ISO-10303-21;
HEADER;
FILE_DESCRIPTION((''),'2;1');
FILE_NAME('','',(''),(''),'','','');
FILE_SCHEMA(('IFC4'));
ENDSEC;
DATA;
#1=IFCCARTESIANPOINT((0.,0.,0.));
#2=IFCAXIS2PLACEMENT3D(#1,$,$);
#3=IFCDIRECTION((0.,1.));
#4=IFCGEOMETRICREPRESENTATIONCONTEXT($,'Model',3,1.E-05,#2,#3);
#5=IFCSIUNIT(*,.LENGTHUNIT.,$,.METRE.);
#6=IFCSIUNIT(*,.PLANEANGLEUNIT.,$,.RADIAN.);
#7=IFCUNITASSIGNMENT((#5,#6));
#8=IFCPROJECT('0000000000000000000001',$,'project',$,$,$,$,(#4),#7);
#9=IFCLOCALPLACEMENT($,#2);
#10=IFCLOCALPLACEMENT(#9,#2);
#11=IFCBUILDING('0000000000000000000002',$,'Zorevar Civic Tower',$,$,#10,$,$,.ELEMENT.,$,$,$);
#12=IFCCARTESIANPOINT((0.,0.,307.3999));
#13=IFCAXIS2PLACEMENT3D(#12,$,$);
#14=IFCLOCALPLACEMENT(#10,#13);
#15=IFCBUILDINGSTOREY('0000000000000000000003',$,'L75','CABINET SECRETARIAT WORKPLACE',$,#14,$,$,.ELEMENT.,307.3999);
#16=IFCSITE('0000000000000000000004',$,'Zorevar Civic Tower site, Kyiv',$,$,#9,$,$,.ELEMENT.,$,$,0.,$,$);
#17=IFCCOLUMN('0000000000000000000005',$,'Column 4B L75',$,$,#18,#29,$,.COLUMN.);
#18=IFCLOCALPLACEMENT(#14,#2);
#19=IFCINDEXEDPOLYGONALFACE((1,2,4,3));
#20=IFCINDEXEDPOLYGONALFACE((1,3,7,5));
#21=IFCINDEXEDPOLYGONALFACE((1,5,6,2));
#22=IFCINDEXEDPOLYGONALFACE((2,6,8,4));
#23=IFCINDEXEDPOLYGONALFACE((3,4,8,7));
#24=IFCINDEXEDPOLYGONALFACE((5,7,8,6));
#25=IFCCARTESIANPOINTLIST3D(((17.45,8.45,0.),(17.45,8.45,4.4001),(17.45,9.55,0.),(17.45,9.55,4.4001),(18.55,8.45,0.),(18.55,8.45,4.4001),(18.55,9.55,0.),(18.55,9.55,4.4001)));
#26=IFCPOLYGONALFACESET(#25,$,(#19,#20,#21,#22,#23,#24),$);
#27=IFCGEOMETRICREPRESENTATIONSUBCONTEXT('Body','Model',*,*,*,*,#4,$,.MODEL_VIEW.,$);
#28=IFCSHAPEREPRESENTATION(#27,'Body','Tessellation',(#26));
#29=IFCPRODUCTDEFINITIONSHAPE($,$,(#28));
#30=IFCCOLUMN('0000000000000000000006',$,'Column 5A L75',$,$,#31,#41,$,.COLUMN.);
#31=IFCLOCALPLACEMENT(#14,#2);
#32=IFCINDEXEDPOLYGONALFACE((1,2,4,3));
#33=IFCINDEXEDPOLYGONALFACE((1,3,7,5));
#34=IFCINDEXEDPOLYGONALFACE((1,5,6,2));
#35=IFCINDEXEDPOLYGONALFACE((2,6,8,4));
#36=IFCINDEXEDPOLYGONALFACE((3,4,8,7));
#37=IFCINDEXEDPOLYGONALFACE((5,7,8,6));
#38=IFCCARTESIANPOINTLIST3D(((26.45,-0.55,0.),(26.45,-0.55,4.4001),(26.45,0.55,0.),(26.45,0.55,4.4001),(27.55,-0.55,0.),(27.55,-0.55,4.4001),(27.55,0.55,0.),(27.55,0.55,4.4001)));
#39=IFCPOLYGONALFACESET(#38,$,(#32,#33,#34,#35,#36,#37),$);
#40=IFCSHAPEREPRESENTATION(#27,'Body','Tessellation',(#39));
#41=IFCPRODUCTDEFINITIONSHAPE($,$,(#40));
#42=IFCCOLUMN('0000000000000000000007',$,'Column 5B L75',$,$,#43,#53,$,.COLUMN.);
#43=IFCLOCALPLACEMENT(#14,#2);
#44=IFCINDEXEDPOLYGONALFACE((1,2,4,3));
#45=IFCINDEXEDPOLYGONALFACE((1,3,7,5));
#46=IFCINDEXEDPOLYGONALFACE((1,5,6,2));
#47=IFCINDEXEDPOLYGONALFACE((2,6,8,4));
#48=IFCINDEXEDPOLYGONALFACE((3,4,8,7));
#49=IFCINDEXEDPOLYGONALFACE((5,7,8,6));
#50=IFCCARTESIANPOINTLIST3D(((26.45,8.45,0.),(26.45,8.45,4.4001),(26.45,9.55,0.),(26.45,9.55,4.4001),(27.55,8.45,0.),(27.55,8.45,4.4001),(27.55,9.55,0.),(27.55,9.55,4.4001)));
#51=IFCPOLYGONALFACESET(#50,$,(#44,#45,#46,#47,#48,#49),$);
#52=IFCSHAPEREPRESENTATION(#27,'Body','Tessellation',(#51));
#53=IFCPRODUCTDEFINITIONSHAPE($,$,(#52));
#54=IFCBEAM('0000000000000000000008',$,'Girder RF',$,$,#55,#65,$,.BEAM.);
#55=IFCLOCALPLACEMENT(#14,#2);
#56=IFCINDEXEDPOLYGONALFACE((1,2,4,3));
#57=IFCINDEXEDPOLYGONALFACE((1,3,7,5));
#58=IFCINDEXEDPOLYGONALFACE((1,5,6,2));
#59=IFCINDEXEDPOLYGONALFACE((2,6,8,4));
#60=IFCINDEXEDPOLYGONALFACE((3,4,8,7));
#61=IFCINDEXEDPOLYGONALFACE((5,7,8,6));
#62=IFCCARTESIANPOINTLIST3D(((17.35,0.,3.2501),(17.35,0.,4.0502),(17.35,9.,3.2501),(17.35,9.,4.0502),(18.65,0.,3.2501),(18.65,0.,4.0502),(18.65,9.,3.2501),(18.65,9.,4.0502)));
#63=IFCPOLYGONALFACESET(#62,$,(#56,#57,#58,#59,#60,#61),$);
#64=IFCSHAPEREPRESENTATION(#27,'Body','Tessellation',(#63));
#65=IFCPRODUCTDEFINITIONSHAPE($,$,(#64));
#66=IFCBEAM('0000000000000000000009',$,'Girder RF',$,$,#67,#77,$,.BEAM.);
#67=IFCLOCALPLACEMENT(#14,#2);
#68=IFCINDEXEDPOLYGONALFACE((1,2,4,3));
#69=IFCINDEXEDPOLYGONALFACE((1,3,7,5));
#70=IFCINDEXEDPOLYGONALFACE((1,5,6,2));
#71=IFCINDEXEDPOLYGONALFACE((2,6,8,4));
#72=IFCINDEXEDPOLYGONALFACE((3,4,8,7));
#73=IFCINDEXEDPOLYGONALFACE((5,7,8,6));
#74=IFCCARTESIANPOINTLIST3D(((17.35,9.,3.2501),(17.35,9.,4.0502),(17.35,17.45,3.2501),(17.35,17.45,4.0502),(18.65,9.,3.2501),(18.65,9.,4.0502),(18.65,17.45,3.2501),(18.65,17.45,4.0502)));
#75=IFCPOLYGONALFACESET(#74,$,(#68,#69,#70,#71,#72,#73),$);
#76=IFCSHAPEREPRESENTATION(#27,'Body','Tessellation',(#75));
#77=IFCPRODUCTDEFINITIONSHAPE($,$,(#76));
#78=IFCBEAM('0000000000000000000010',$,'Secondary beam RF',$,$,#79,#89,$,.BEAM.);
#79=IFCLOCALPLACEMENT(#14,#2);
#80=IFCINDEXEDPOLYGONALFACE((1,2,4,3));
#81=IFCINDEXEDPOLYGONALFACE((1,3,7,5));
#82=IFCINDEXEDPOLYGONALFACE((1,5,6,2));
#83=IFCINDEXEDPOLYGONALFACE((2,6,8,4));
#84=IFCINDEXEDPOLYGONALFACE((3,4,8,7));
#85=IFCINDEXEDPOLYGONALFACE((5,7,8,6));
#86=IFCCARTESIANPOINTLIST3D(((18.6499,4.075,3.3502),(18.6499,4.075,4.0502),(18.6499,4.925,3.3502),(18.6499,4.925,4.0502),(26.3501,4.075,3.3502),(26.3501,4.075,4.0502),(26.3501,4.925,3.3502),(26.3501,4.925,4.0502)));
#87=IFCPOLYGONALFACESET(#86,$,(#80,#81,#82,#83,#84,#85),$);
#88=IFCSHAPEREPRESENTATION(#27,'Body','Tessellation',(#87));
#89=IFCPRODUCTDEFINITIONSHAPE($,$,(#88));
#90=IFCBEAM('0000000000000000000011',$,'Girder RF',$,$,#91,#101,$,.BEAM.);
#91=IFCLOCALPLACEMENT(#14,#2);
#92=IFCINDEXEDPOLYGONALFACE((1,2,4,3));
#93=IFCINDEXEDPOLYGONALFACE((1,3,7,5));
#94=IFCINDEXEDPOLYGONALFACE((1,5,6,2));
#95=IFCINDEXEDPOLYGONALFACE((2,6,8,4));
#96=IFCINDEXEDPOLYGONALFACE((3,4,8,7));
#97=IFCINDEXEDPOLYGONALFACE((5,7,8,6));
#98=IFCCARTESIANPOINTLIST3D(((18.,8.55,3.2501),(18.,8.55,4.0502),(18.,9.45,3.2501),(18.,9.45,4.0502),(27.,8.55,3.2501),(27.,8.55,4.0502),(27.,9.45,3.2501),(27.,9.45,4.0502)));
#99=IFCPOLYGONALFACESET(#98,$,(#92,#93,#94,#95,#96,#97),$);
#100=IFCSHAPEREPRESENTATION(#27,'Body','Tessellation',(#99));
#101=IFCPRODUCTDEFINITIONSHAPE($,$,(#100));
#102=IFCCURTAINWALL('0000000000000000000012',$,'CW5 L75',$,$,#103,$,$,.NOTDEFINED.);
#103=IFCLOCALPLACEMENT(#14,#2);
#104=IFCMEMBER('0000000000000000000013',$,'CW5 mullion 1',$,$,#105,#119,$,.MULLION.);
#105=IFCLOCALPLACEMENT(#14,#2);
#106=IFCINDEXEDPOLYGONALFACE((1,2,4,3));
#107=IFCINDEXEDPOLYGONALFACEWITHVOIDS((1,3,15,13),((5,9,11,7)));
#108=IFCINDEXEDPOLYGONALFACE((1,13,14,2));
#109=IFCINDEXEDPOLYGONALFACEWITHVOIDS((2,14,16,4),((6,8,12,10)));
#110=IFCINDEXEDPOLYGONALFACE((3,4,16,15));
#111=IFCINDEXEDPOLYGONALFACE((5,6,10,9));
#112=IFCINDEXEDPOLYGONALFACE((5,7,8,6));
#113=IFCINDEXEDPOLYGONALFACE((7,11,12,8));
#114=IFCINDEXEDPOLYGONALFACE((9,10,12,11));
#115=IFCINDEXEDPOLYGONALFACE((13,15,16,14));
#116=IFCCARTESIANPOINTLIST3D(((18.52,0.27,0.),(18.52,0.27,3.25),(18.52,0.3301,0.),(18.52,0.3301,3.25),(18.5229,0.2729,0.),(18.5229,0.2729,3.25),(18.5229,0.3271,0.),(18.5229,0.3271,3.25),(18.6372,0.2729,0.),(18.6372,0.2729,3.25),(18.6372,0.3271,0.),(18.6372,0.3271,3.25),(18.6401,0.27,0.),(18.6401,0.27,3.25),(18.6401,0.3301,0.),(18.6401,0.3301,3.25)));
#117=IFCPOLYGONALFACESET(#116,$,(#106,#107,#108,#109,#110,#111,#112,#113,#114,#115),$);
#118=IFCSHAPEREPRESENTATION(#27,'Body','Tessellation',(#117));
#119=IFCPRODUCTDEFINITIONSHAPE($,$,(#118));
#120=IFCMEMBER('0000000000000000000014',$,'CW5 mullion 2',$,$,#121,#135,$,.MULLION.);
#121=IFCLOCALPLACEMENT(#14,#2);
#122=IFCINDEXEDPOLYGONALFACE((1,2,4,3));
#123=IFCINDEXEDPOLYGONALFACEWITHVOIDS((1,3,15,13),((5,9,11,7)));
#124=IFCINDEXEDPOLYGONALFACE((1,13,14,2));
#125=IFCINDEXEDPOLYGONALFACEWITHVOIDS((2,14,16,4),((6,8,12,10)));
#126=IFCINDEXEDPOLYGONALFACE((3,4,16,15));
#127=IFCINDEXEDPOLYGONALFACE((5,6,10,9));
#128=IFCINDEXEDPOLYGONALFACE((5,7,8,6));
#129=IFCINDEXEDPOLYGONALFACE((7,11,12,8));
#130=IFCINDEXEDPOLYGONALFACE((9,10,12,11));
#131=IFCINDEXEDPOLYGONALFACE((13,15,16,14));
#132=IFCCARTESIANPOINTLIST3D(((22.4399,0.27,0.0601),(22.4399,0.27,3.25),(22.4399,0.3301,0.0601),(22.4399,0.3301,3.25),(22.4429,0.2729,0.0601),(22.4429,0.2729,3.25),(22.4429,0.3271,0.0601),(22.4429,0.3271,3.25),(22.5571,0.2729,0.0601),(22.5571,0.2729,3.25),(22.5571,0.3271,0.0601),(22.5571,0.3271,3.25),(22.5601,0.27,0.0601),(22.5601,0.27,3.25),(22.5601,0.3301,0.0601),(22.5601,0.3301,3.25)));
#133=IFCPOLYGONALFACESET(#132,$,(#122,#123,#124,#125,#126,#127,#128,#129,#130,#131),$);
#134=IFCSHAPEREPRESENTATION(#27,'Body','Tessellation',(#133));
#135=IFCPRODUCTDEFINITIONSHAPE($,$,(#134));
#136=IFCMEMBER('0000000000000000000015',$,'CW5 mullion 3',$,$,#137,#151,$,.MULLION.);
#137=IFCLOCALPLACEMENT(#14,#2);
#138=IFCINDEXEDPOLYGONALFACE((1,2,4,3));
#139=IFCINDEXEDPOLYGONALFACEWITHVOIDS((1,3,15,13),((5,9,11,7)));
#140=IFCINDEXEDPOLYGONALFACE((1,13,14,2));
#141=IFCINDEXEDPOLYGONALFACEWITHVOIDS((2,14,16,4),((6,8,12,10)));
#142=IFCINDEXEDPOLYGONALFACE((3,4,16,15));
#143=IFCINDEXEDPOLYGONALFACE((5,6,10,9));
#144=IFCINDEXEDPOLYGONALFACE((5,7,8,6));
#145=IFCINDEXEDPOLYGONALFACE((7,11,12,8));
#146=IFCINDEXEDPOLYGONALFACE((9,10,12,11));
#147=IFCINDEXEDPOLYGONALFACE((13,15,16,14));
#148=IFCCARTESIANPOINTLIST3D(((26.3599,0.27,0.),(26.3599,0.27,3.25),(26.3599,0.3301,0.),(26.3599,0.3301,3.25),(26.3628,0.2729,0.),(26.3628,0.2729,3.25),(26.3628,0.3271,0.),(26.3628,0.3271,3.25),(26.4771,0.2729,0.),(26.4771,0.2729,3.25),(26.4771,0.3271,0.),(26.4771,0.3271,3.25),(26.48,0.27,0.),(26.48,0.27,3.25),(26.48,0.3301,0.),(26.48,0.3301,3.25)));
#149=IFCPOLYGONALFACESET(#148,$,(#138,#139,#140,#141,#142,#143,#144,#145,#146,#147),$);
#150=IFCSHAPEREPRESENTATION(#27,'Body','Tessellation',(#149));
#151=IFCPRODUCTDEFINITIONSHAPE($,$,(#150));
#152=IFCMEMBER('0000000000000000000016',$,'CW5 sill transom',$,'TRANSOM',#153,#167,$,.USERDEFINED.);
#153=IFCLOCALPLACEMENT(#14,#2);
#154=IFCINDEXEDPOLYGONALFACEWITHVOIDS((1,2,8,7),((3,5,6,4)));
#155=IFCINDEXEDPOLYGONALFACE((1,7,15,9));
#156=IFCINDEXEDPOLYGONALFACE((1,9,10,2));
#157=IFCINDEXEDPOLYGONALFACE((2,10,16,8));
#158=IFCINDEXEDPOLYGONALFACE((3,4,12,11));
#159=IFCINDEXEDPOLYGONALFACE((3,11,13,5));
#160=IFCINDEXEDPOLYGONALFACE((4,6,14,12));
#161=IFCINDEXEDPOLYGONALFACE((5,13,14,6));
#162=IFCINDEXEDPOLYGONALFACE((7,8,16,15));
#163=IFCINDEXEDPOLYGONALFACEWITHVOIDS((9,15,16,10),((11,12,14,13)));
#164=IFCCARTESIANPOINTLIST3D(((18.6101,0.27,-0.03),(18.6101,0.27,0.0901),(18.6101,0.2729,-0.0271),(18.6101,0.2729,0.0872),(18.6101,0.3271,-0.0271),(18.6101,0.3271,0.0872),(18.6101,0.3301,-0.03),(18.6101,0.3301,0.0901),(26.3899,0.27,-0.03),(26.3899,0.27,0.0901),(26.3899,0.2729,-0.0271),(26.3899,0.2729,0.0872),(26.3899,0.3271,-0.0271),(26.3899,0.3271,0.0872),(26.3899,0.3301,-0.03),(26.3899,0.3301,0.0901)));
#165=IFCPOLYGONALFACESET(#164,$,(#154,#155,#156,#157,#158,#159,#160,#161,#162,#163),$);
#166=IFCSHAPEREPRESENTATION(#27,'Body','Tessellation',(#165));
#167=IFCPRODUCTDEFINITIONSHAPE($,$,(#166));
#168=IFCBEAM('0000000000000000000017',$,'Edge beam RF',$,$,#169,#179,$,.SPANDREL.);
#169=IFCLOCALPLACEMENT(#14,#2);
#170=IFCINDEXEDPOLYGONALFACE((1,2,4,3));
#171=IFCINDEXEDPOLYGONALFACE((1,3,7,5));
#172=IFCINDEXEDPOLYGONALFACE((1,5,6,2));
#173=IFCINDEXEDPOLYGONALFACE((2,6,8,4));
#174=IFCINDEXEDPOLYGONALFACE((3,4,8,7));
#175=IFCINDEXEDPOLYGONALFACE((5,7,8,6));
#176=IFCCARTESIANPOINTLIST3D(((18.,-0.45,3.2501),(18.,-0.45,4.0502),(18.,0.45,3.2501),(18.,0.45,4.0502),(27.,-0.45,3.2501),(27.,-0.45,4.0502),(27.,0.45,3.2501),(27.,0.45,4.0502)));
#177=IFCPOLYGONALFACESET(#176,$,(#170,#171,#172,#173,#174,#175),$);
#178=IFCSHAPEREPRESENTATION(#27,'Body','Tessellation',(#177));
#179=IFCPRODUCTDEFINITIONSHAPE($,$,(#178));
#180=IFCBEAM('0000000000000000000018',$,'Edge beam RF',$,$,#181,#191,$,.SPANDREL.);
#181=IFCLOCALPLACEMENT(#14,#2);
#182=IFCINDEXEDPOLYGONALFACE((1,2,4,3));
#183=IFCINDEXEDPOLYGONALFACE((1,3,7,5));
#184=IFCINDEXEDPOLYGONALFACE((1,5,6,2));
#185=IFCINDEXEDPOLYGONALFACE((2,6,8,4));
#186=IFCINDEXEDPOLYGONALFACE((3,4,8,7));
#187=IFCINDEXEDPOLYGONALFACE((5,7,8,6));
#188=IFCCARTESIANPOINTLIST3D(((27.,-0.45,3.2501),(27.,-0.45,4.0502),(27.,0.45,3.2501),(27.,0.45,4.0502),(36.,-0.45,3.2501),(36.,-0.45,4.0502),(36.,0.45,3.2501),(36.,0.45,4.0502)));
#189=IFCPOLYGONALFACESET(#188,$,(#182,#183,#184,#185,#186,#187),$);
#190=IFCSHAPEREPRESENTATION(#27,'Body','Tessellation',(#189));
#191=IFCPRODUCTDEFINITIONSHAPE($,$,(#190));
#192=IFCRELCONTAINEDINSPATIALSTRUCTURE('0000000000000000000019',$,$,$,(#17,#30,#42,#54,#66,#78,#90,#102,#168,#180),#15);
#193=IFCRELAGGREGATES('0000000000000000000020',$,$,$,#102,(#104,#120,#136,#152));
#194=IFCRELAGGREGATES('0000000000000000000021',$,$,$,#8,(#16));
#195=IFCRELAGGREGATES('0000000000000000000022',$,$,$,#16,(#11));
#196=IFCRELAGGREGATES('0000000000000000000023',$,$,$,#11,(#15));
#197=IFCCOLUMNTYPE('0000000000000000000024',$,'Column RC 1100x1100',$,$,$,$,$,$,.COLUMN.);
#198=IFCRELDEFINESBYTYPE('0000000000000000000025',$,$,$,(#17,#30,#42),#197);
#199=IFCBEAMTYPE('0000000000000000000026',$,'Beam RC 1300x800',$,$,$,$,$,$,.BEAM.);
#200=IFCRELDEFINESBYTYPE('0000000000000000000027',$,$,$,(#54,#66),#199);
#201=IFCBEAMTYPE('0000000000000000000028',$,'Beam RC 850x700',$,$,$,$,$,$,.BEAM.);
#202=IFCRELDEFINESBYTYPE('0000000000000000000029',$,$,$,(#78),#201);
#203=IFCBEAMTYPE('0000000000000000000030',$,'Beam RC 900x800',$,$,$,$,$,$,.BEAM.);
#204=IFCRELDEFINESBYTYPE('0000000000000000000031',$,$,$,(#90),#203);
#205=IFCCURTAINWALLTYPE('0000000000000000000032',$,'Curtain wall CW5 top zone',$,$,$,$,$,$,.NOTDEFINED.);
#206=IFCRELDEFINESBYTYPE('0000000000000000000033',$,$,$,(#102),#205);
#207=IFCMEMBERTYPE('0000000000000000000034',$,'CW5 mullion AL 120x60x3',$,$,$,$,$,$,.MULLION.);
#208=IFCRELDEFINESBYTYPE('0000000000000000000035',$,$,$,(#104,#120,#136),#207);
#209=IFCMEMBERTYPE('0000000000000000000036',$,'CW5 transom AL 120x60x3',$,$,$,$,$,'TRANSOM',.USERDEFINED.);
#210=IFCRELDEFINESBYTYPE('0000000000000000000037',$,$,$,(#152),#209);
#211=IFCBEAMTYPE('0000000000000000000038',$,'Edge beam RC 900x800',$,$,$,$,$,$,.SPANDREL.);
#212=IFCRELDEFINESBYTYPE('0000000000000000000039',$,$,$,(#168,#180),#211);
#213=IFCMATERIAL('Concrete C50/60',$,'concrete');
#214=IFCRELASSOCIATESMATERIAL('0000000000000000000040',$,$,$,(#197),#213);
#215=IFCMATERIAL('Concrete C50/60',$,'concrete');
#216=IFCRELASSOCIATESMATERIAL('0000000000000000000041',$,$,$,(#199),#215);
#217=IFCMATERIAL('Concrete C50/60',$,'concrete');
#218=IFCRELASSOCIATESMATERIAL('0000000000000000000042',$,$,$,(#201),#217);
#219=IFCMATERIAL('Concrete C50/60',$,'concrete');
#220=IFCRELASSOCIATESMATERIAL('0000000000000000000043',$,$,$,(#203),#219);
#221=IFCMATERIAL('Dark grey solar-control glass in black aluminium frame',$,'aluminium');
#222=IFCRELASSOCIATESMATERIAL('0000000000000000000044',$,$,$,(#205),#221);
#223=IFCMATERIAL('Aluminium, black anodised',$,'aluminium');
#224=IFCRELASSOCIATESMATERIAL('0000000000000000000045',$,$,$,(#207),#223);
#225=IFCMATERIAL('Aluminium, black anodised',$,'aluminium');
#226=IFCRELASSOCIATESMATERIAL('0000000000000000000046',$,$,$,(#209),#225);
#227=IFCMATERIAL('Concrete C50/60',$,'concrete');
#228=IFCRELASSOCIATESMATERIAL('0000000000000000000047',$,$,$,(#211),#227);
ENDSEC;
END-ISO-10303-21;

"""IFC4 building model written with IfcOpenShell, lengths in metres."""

from ifc_helpers import new_model, si_unit, direction, frame, origin, origin_2d, place, context, subcontext, project, spatial, rectangle, hollow_rectangle, extrude, material, material_profile, profile_set, type_object, element, aggregate, save


model = new_model("IFC4")

# Units and contexts
model_context = context("Model", 3, precision=1e-05, world=origin(), true_north=direction((0.0, 1.0)))
body_context = subcontext(model_context, "Body", "Model", "MODEL_VIEW")
ifc_project = project(units=[si_unit("LENGTHUNIT", "METRE"), si_unit("PLANEANGLEUNIT", "RADIAN")], contexts=[model_context])

# Site, building, storey
site_placement = place(None, origin())
site = spatial("IfcSite", under=ifc_project, at=site_placement, Name="Zorevar Civic Tower site, Kyiv", CompositionType="ELEMENT", RefElevation=0.0)
building_placement = place(site_placement, origin())
building = spatial("IfcBuilding", under=site, at=building_placement, Name="Zorevar Civic Tower", CompositionType="ELEMENT")
storey_placement = place(building_placement, frame((0.0, 0.0, 307.3999)))
storey = spatial("IfcBuildingStorey", under=building, at=storey_placement, Name="L75", Description="CABINET SECRETARIAT WORKPLACE", CompositionType="ELEMENT", Elevation=307.3999)

# Columns
ifc_material_1 = material(Name="Concrete C50/60", Category="concrete")
ifc_material_profile_1 = material_profile(ifc_material_1, rectangle(XDim=1.1001, YDim=1.1001, at=origin_2d()), Name="RC 1100x1100")
ifc_profile_set_1 = profile_set([ifc_material_profile_1], Name="Concrete C50/60")
column_type = type_object("IfcColumnType", Name="Column RC 1100x1100", PredefinedType="COLUMN", material=ifc_profile_set_1)
for number, where, z_axis, x_axis, name in (
    (1, (18.0, 9.0, 0.0), (0.0, 0.0, 1.0), (1.0, 0.0, 0.0), "Column 4B L75"),
    (2, (27.0, 0.0, 0.0), (0.0, 0.0, 1.0), (1.0, 0.0, 0.0), "Column 5A L75"),
    (3, (27.0, 9.0, 0.0), (0.0, 0.0, 1.0), (1.0, 0.0, 0.0), "Column 5B L75"),
):
    element("IfcColumn", number, at=place(storey_placement, frame(where, z_axis=z_axis, x_axis=x_axis)), inside=storey, type_object=column_type, Name=name, PredefinedType="COLUMN", context=body_context, shape_type="SweptSolid", body=[
        extrude(rectangle(XDim=1.1001, YDim=1.1001, at=origin_2d()), origin(), (0.0, 0.0, 1.0), 4.4001),
    ])

# Beams
ifc_material_2 = material(Name="Concrete C50/60", Category="concrete")
ifc_material_profile_2 = material_profile(ifc_material_2, rectangle(XDim=1.3, YDim=0.8, at=origin_2d()), Name="RC 1300x800")
ifc_profile_set_2 = profile_set([ifc_material_profile_2], Name="Concrete C50/60")
beam_type_1 = type_object("IfcBeamType", Name="Beam RC 1300x800", PredefinedType="BEAM", material=ifc_profile_set_2)
beam_1_placement = place(storey_placement, frame((18.0, 0.0, 3.6501), z_axis=(0.0, 1.0, 0.0), x_axis=(-1.0, 0.0, 0.0)))
element("IfcBeam", 4, at=beam_1_placement, inside=storey, type_object=beam_type_1, Name="Girder RF", PredefinedType="BEAM", context=body_context, shape_type="SweptSolid", body=[
    extrude(rectangle(XDim=1.3, YDim=0.8, at=origin_2d()), origin(), (0.0, 0.0, 1.0), 9.0),
])
beam_2_placement = place(storey_placement, frame((18.0, 9.0, 3.6501), z_axis=(0.0, 1.0, 0.0), x_axis=(-1.0, 0.0, 0.0)))
element("IfcBeam", 5, at=beam_2_placement, inside=storey, type_object=beam_type_1, Name="Girder RF", PredefinedType="BEAM", context=body_context, shape_type="SweptSolid", body=[
    extrude(rectangle(XDim=1.3, YDim=0.8, at=origin_2d()), origin(), (0.0, 0.0, 1.0), 8.45),
])
ifc_material_3 = material(Name="Concrete C50/60", Category="concrete")
ifc_material_profile_3 = material_profile(ifc_material_3, rectangle(XDim=0.8501, YDim=0.7, at=origin_2d()), Name="RC 850x700")
ifc_profile_set_3 = profile_set([ifc_material_profile_3], Name="Concrete C50/60")
beam_type_2 = type_object("IfcBeamType", Name="Beam RC 850x700", PredefinedType="BEAM", material=ifc_profile_set_3)
beam_3_placement = place(storey_placement, frame((18.6499, 4.5, 3.7002), z_axis=(1.0, 0.0, 0.0), x_axis=(0.0, 1.0, 0.0)))
element("IfcBeam", 6, at=beam_3_placement, inside=storey, type_object=beam_type_2, Name="Secondary beam RF", PredefinedType="BEAM", context=body_context, shape_type="SweptSolid", body=[
    extrude(rectangle(XDim=0.8501, YDim=0.7, at=origin_2d()), origin(), (0.0, 0.0, 1.0), 7.7002),
])
ifc_material_4 = material(Name="Concrete C50/60", Category="concrete")
ifc_material_profile_4 = material_profile(ifc_material_4, rectangle(XDim=0.8999, YDim=0.8, at=origin_2d()), Name="RC 900x800")
ifc_profile_set_4 = profile_set([ifc_material_profile_4], Name="Concrete C50/60")
beam_type_3 = type_object("IfcBeamType", Name="Beam RC 900x800", PredefinedType="BEAM", material=ifc_profile_set_4)
beam_4_placement = place(storey_placement, frame((18.0, 9.0, 3.6501), z_axis=(1.0, 0.0, 0.0), x_axis=(0.0, 1.0, 0.0)))
element("IfcBeam", 7, at=beam_4_placement, inside=storey, type_object=beam_type_3, Name="Girder RF", PredefinedType="BEAM", context=body_context, shape_type="SweptSolid", body=[
    extrude(rectangle(XDim=0.8999, YDim=0.8, at=origin_2d()), origin(), (0.0, 0.0, 1.0), 9.0),
])

# Curtain wall, members
ifc_material_5 = material(Name="Dark grey solar-control glass in black aluminium frame", Category="aluminium")
curtain_wall_type = type_object("IfcCurtainWallType", Name="Curtain wall CW5 top zone", PredefinedType="NOTDEFINED", material=ifc_material_5)
curtain_wall_placement = place(storey_placement, origin())
curtain_wall = element("IfcCurtainWall", 8, at=curtain_wall_placement, inside=storey, type_object=curtain_wall_type, Name="CW5 L75", PredefinedType="NOTDEFINED")
ifc_material_6 = material(Name="Aluminium, black anodised", Category="aluminium")
ifc_material_profile_5 = material_profile(ifc_material_6, hollow_rectangle(XDim=0.0601, YDim=0.1201, WallThickness=0.0029, at=origin_2d()), Name="AL 120x60x3")
ifc_profile_set_5 = profile_set([ifc_material_profile_5], Name="Aluminium, black anodised")
member_type_1 = type_object("IfcMemberType", Name="CW5 mullion AL 120x60x3", PredefinedType="MULLION", material=ifc_profile_set_5)
member_1_placement = place(storey_placement, frame((18.5801, 0.3, 0.0), z_axis=(0.0, 0.0, 1.0), x_axis=(0.0, 1.0, 0.0)))
member_1 = element("IfcMember", 9, at=member_1_placement, type_object=member_type_1, Name="CW5 mullion 1", PredefinedType="MULLION", context=body_context, shape_type="SweptSolid", body=[
    extrude(hollow_rectangle(XDim=0.0601, YDim=0.1201, WallThickness=0.0029, at=origin_2d()), origin(), (0.0, 0.0, 1.0), 3.25),
])
member_2_placement = place(storey_placement, frame((22.5, 0.3, 0.0601), z_axis=(0.0, 0.0, 1.0), x_axis=(0.0, 1.0, 0.0)))
member_2 = element("IfcMember", 10, at=member_2_placement, type_object=member_type_1, Name="CW5 mullion 2", PredefinedType="MULLION", context=body_context, shape_type="SweptSolid", body=[
    extrude(hollow_rectangle(XDim=0.0601, YDim=0.1201, WallThickness=0.0029, at=origin_2d()), origin(), (0.0, 0.0, 1.0), 3.1899),
])
member_3_placement = place(storey_placement, frame((26.4199, 0.3, 0.0), z_axis=(0.0, 0.0, 1.0), x_axis=(0.0, 1.0, 0.0)))
member_3 = element("IfcMember", 11, at=member_3_placement, type_object=member_type_1, Name="CW5 mullion 3", PredefinedType="MULLION", context=body_context, shape_type="SweptSolid", body=[
    extrude(hollow_rectangle(XDim=0.0601, YDim=0.1201, WallThickness=0.0029, at=origin_2d()), origin(), (0.0, 0.0, 1.0), 3.25),
])
ifc_material_7 = material(Name="Aluminium, black anodised", Category="aluminium")
ifc_material_profile_6 = material_profile(ifc_material_7, hollow_rectangle(XDim=0.0601, YDim=0.1201, WallThickness=0.0029, at=origin_2d()), Name="AL 120x60x3")
ifc_profile_set_6 = profile_set([ifc_material_profile_6], Name="Aluminium, black anodised")
member_type_2 = type_object("IfcMemberType", Name="CW5 transom AL 120x60x3", ElementType="TRANSOM", PredefinedType="USERDEFINED", material=ifc_profile_set_6)
member_4_placement = place(storey_placement, frame((18.6101, 0.3, 0.03), z_axis=(1.0, 0.0, 0.0), x_axis=(0.0, 1.0, 0.0)))
member_4 = element("IfcMember", 12, at=member_4_placement, type_object=member_type_2, Name="CW5 sill transom", ObjectType="TRANSOM", PredefinedType="USERDEFINED", context=body_context, shape_type="SweptSolid", body=[
    extrude(hollow_rectangle(XDim=0.0601, YDim=0.1201, WallThickness=0.0029, at=origin_2d()), origin(), (0.0, 0.0, 1.0), 7.7798),
])

# Beams
ifc_material_8 = material(Name="Concrete C50/60", Category="concrete")
ifc_material_profile_7 = material_profile(ifc_material_8, rectangle(XDim=0.8999, YDim=0.8, at=origin_2d()), Name="RC 900x800")
ifc_profile_set_7 = profile_set([ifc_material_profile_7], Name="Concrete C50/60")
beam_type_4 = type_object("IfcBeamType", Name="Edge beam RC 900x800", PredefinedType="SPANDREL", material=ifc_profile_set_7)
for number, where, z_axis, x_axis, name in (
    (13, (18.0, 0.0, 3.6501), (1.0, 0.0, 0.0), (0.0, 1.0, 0.0), "Edge beam RF"),
    (14, (27.0, 0.0, 3.6501), (1.0, 0.0, 0.0), (0.0, 1.0, 0.0), "Edge beam RF"),
):
    element("IfcBeam", number, at=place(storey_placement, frame(where, z_axis=z_axis, x_axis=x_axis)), inside=storey, type_object=beam_type_4, Name=name, PredefinedType="SPANDREL", context=body_context, shape_type="SweptSolid", body=[
        extrude(rectangle(XDim=0.8999, YDim=0.8, at=origin_2d()), origin(), (0.0, 0.0, 1.0), 9.0),
    ])

aggregate(curtain_wall, [member_1, member_2, member_3, member_4])

save(model, "model.ifc")
